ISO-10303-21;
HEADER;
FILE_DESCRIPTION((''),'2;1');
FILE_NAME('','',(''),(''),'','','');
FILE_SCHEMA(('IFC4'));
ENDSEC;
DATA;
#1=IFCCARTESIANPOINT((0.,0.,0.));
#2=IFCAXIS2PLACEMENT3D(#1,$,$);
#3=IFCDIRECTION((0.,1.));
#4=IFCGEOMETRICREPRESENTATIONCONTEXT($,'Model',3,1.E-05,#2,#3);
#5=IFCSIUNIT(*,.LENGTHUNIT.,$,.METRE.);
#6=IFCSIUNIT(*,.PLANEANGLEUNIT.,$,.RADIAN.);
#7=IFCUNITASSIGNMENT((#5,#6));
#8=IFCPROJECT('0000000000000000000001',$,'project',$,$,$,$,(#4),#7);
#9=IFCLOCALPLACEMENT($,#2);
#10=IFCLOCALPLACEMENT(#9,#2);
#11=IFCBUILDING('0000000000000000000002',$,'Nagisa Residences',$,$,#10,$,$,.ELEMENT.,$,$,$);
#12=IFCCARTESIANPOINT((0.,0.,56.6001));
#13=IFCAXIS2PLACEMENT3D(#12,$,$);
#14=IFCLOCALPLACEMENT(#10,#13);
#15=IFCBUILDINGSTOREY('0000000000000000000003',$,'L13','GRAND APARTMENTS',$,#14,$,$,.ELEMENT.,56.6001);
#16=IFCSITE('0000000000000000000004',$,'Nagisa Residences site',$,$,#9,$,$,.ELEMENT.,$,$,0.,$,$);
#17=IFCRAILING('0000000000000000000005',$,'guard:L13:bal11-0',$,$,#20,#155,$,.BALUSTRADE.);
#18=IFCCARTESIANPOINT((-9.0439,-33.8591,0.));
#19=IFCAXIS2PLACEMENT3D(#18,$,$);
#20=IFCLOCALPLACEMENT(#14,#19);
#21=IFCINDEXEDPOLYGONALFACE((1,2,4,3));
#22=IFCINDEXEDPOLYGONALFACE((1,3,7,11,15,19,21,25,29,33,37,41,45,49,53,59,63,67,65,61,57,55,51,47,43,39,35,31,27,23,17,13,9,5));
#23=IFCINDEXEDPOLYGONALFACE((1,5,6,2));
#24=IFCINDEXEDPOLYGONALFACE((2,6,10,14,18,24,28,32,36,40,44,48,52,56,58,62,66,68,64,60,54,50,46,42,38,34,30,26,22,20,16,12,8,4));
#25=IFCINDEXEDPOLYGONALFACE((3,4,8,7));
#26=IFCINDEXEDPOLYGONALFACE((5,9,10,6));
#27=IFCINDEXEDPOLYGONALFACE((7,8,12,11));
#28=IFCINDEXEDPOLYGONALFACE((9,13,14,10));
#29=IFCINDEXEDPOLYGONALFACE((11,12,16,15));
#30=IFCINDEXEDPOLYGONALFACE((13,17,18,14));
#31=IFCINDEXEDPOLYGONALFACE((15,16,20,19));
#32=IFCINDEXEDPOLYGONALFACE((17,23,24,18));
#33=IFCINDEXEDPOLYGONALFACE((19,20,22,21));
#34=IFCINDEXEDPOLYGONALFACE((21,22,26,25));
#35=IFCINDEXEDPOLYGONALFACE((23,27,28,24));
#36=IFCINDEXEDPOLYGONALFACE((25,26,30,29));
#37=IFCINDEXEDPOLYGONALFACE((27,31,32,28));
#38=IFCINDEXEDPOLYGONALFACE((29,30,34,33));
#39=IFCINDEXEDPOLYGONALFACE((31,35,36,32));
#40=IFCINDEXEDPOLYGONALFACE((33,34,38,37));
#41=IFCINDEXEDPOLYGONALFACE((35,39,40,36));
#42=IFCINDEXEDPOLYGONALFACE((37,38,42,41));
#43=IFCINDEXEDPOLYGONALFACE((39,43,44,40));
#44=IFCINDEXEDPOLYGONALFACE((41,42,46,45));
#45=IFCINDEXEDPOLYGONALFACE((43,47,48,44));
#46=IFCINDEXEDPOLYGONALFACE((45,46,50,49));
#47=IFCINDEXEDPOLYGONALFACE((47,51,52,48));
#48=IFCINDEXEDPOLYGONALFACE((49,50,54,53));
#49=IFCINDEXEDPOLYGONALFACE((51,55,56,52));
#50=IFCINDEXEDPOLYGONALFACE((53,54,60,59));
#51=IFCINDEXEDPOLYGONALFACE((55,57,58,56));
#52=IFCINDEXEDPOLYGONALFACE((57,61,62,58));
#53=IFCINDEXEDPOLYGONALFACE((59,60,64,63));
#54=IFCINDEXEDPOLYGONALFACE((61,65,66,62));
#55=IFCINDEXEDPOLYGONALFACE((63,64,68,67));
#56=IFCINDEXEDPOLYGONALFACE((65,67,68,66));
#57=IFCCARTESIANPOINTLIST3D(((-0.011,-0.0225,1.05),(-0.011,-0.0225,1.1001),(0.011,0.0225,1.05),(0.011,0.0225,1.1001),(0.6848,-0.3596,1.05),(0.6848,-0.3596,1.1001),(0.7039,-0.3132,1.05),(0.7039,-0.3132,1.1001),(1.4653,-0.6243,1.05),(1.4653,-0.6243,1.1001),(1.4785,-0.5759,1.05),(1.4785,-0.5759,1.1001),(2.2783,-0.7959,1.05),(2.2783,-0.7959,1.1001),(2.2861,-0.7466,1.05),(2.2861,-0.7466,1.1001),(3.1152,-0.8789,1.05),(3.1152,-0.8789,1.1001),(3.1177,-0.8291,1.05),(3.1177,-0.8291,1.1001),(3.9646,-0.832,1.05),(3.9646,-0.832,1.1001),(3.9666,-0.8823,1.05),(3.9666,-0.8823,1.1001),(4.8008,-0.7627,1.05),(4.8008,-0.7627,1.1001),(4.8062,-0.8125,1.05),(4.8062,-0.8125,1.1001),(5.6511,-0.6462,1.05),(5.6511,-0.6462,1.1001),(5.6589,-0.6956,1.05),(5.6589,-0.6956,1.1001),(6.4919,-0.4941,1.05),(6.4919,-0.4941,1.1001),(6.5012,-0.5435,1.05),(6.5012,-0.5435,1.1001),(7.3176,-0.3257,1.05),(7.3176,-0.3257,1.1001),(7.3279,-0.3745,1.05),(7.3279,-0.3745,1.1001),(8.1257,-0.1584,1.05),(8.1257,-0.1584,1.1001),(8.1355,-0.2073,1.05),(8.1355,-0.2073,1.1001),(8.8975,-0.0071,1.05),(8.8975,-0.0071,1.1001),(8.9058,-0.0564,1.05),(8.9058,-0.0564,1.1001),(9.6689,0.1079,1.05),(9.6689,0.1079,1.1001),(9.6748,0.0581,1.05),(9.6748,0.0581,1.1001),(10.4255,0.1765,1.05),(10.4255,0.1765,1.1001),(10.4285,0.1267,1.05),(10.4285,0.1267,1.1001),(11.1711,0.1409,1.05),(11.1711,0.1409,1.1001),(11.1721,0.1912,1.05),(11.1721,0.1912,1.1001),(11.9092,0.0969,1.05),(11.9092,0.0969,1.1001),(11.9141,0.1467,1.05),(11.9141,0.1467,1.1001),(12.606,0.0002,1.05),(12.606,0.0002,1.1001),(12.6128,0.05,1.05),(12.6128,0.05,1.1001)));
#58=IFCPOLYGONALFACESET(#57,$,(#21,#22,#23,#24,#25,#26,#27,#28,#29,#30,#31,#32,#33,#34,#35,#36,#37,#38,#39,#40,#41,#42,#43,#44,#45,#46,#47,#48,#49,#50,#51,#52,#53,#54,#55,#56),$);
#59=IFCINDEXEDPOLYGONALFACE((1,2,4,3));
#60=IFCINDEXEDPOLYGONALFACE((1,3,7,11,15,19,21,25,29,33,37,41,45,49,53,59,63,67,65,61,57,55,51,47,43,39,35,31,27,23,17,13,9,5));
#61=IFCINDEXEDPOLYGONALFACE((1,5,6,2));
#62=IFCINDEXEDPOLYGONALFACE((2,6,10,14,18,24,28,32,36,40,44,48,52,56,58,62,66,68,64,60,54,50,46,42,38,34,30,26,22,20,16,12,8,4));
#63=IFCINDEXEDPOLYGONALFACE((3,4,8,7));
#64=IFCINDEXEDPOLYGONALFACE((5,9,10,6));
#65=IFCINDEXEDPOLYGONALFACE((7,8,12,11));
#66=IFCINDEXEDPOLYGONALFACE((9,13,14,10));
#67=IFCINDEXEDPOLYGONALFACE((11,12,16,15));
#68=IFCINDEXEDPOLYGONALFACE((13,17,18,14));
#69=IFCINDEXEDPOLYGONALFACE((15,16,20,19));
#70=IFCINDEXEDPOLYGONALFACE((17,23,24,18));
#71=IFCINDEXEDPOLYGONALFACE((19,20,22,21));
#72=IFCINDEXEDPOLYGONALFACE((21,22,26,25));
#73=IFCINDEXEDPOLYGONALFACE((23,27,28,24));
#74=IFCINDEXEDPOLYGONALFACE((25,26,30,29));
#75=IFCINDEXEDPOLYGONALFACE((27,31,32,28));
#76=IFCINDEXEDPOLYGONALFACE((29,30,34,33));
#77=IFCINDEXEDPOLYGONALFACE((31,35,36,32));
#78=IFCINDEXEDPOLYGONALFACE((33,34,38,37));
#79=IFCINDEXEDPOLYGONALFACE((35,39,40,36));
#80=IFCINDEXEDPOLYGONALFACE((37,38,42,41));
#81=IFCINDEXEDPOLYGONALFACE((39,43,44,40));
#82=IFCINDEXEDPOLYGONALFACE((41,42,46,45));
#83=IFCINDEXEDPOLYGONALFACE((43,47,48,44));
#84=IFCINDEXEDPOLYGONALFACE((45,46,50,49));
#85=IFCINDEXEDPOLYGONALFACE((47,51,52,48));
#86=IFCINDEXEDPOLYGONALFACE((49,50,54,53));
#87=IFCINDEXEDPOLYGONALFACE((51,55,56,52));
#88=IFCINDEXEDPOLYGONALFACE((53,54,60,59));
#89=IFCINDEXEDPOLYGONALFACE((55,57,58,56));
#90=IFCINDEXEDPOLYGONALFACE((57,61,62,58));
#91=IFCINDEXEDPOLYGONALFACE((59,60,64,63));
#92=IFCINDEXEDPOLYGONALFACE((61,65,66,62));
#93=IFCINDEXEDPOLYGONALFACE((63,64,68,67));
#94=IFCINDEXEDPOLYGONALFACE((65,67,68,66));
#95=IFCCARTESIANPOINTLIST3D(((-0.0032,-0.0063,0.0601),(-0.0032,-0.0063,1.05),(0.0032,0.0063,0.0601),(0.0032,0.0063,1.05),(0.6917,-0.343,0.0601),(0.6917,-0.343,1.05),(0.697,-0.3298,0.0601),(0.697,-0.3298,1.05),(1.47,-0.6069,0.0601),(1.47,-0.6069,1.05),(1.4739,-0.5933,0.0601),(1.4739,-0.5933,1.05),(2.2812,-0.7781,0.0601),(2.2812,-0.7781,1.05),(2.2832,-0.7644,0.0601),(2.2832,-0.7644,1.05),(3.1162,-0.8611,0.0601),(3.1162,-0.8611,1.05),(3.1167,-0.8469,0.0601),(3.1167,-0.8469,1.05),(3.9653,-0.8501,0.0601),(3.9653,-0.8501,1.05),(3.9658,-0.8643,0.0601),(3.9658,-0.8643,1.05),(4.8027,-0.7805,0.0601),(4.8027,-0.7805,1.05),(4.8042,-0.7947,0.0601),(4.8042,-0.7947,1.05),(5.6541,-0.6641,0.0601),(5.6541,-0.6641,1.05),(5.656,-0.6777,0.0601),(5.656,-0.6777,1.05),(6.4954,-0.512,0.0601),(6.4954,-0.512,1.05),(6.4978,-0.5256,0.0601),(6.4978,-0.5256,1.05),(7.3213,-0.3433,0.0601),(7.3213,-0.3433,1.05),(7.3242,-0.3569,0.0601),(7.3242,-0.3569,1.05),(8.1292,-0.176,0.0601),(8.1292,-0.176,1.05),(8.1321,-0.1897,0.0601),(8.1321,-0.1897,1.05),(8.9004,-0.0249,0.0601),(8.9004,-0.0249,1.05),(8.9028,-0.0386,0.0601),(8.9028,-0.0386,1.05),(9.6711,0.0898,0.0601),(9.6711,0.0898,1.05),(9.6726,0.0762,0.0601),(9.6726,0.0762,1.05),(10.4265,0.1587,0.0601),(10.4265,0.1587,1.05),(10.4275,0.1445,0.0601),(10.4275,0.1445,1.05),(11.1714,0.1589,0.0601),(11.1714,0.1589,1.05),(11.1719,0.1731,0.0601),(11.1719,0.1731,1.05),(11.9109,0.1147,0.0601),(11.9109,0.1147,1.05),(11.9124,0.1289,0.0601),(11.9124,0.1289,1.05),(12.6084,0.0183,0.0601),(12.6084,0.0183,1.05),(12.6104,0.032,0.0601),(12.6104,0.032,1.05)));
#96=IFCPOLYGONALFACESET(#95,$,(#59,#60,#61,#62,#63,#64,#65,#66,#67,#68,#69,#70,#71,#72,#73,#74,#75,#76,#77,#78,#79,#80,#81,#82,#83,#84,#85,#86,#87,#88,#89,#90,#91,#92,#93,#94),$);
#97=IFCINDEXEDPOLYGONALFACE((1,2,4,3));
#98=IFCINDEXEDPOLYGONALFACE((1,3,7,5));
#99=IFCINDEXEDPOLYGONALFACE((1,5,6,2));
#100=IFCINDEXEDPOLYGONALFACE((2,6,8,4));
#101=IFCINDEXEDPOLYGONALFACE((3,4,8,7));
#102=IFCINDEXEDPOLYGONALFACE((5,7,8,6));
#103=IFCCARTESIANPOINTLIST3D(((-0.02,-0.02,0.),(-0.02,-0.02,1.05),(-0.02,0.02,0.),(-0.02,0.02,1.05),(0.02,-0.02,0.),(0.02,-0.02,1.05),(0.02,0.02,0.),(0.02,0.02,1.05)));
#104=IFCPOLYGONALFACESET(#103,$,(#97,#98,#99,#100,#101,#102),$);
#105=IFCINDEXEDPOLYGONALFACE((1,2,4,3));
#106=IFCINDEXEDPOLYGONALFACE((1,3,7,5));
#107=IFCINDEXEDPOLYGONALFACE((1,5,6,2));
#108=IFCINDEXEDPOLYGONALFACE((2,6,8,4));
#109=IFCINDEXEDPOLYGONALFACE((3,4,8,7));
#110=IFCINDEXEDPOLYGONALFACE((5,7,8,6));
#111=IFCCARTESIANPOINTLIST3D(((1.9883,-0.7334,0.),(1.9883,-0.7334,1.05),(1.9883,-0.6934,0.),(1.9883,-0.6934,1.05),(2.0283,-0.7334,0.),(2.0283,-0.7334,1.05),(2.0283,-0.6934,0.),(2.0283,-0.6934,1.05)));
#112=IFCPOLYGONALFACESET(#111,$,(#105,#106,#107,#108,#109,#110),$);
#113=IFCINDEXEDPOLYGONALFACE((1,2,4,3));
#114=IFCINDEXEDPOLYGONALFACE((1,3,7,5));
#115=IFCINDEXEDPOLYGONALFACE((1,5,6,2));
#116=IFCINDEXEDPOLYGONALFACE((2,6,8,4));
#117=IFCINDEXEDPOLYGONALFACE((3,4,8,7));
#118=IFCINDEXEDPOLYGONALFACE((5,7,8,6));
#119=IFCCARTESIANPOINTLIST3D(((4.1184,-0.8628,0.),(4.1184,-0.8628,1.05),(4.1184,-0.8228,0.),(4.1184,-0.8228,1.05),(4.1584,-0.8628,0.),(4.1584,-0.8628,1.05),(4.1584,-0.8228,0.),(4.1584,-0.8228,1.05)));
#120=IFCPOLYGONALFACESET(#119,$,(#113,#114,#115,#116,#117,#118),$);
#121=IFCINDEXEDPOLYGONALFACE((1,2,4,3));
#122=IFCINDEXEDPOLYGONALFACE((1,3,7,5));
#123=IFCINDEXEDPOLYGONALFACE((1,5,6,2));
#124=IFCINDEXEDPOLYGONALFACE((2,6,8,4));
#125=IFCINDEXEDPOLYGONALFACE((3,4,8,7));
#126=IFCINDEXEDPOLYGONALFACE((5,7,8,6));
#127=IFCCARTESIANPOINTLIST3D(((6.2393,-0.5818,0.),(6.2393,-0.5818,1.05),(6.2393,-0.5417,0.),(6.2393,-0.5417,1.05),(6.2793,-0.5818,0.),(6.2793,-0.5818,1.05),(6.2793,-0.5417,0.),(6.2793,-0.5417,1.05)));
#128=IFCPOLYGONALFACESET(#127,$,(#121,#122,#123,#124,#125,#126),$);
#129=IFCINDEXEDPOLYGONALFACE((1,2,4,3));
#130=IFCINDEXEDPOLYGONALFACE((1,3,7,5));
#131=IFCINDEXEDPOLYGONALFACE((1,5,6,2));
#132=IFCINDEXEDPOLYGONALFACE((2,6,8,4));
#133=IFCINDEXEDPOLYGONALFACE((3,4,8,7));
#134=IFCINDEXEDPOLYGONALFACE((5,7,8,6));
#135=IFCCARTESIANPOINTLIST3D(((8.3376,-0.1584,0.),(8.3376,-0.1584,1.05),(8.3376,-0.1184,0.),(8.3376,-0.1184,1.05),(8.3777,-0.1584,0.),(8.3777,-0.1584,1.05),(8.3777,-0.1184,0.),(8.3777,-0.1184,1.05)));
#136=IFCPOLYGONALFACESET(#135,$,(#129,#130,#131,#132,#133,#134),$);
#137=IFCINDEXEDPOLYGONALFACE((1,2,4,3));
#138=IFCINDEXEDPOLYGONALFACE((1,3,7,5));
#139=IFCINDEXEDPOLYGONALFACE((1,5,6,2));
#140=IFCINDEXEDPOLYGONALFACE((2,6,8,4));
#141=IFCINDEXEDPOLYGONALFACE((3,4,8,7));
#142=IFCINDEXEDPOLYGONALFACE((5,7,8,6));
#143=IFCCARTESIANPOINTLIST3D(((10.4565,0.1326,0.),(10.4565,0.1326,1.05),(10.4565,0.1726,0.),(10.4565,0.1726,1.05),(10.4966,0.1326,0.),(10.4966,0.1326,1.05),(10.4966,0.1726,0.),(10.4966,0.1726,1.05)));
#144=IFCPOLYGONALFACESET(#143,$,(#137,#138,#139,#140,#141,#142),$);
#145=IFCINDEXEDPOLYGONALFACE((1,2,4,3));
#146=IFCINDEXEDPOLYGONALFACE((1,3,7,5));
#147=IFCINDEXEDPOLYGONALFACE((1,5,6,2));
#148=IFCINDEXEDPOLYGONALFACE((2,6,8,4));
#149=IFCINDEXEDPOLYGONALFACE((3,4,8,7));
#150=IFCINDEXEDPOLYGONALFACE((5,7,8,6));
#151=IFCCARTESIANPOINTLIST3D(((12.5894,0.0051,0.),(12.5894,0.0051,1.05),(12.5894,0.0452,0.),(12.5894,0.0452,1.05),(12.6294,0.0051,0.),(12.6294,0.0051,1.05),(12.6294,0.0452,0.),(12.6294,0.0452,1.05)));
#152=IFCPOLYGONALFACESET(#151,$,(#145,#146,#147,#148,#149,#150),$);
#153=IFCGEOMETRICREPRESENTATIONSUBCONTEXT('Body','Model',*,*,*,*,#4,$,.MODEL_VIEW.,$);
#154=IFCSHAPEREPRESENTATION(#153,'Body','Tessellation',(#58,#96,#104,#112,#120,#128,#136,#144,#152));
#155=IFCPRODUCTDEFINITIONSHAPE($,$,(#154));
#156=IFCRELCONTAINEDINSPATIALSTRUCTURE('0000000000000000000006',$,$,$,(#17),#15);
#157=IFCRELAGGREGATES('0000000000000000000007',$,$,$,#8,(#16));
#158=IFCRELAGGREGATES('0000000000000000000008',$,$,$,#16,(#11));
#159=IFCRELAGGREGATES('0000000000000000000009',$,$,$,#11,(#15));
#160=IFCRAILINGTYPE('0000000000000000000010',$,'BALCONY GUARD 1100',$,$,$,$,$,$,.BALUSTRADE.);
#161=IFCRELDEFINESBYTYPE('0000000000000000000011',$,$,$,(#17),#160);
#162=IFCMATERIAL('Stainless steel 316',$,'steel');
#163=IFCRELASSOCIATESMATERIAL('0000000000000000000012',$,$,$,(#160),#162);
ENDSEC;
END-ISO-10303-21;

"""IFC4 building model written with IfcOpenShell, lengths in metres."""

from ifc_helpers import new_model, si_unit, direction, frame, origin, origin_2d, place, context, subcontext, project, spatial, polyline, rectangle, outline, extrude, material, type_object, element, save


model = new_model("IFC4")

# Units and contexts
model_context = context("Model", 3, precision=1e-05, world=origin(), true_north=direction((0.0, 1.0)))
body_context = subcontext(model_context, "Body", "Model", "MODEL_VIEW")
ifc_project = project(units=[si_unit("LENGTHUNIT", "METRE"), si_unit("PLANEANGLEUNIT", "RADIAN")], contexts=[model_context])

# Site, building, storey
site_placement = place(None, origin())
site = spatial("IfcSite", under=ifc_project, at=site_placement, Name="Nagisa Residences site", CompositionType="ELEMENT", RefElevation=0.0)
building_placement = place(site_placement, origin())
building = spatial("IfcBuilding", under=site, at=building_placement, Name="Nagisa Residences", CompositionType="ELEMENT")
storey_placement = place(building_placement, frame((0.0, 0.0, 56.6001)))
storey = spatial("IfcBuildingStorey", under=building, at=storey_placement, Name="L13", Description="GRAND APARTMENTS", CompositionType="ELEMENT", Elevation=56.6001)

# Railing
ifc_material_1 = material(Name="Stainless steel 316", Category="steel")
railing_type = type_object("IfcRailingType", Name="BALCONY GUARD 1100", PredefinedType="BALUSTRADE", material=ifc_material_1)
railing_placement = place(storey_placement, frame((-9.0439, -33.8591, 0.0)))
element("IfcRailing", 1, at=railing_placement, inside=storey, type_object=railing_type, Name="guard:L13:bal11-0", PredefinedType="BALUSTRADE", context=body_context, shape_type="SweptSolid", body=[
    extrude(outline(polyline([(0.7039, -0.3132), (0.011, 0.0225), (-0.011, -0.0225), (0.6848, -0.3596), (1.4653, -0.6243), (2.2783, -0.7959), (3.1152, -0.8789), (3.9666, -0.8823), (4.8062, -0.8125), (5.6589, -0.6956), (6.5012, -0.5435), (7.3279, -0.3745), (8.1355, -0.2073), (8.9058, -0.0564), (9.6748, 0.0581), (10.4285, 0.1267), (11.1711, 0.1409), (11.9092, 0.0969), (12.606, 0.0002), (12.6128, 0.05), (11.9141, 0.1467), (11.1721, 0.1912), (10.4255, 0.1765), (9.6689, 0.1079), (8.8975, -0.0071), (8.1257, -0.1584), (7.3176, -0.3257), (6.4919, -0.4941), (5.6511, -0.6462), (4.8008, -0.7627), (3.9646, -0.832), (3.1177, -0.8291), (2.2861, -0.7466), (1.4785, -0.5759), (0.7039, -0.3132)])), frame((0.0, 0.0, 1.05)), (0.0, 0.0, 1.0), 0.05),
    extrude(outline(polyline([(0.697, -0.3298), (0.0032, 0.0063), (-0.0032, -0.0063), (0.6917, -0.343), (1.47, -0.6069), (2.2812, -0.7781), (3.1162, -0.8611), (3.9658, -0.8643), (4.8042, -0.7947), (5.656, -0.6777), (6.4978, -0.5256), (7.3242, -0.3569), (8.1321, -0.1897), (8.9028, -0.0386), (9.6726, 0.0762), (10.4275, 0.1445), (11.1714, 0.1589), (11.9109, 0.1147), (12.6084, 0.0183), (12.6104, 0.032), (11.9124, 0.1289), (11.1719, 0.1731), (10.4265, 0.1587), (9.6711, 0.0898), (8.9004, -0.0249), (8.1292, -0.176), (7.3213, -0.3433), (6.4954, -0.512), (5.6541, -0.6641), (4.8027, -0.7805), (3.9653, -0.8501), (3.1167, -0.8469), (2.2832, -0.7644), (1.4739, -0.5933), (0.697, -0.3298)])), frame((0.0, 0.0, 0.0601)), (0.0, 0.0, 1.0), 0.99),
    extrude(rectangle(XDim=0.04, YDim=0.04, at=origin_2d()), origin(), (0.0, 0.0, 1.0), 1.05),
    extrude(rectangle(XDim=0.04, YDim=0.04, at=origin_2d()), frame((2.0083, -0.7134, 0.0)), (0.0, 0.0, 1.0), 1.05),
    extrude(rectangle(XDim=0.04, YDim=0.04, at=origin_2d()), frame((4.1384, -0.8428, 0.0)), (0.0, 0.0, 1.0), 1.05),
    extrude(rectangle(XDim=0.04, YDim=0.04, at=origin_2d()), frame((6.2593, -0.5618, 0.0)), (0.0, 0.0, 1.0), 1.05),
    extrude(rectangle(XDim=0.04, YDim=0.04, at=origin_2d()), frame((8.3577, -0.1384, 0.0)), (0.0, 0.0, 1.0), 1.05),
    extrude(rectangle(XDim=0.04, YDim=0.04, at=origin_2d()), frame((10.4766, 0.1526, 0.0)), (0.0, 0.0, 1.0), 1.05),
    extrude(rectangle(XDim=0.04, YDim=0.04, at=origin_2d()), frame((12.6094, 0.0251, 0.0)), (0.0, 0.0, 1.0), 1.05),
])

save(model, "model.ifc")
